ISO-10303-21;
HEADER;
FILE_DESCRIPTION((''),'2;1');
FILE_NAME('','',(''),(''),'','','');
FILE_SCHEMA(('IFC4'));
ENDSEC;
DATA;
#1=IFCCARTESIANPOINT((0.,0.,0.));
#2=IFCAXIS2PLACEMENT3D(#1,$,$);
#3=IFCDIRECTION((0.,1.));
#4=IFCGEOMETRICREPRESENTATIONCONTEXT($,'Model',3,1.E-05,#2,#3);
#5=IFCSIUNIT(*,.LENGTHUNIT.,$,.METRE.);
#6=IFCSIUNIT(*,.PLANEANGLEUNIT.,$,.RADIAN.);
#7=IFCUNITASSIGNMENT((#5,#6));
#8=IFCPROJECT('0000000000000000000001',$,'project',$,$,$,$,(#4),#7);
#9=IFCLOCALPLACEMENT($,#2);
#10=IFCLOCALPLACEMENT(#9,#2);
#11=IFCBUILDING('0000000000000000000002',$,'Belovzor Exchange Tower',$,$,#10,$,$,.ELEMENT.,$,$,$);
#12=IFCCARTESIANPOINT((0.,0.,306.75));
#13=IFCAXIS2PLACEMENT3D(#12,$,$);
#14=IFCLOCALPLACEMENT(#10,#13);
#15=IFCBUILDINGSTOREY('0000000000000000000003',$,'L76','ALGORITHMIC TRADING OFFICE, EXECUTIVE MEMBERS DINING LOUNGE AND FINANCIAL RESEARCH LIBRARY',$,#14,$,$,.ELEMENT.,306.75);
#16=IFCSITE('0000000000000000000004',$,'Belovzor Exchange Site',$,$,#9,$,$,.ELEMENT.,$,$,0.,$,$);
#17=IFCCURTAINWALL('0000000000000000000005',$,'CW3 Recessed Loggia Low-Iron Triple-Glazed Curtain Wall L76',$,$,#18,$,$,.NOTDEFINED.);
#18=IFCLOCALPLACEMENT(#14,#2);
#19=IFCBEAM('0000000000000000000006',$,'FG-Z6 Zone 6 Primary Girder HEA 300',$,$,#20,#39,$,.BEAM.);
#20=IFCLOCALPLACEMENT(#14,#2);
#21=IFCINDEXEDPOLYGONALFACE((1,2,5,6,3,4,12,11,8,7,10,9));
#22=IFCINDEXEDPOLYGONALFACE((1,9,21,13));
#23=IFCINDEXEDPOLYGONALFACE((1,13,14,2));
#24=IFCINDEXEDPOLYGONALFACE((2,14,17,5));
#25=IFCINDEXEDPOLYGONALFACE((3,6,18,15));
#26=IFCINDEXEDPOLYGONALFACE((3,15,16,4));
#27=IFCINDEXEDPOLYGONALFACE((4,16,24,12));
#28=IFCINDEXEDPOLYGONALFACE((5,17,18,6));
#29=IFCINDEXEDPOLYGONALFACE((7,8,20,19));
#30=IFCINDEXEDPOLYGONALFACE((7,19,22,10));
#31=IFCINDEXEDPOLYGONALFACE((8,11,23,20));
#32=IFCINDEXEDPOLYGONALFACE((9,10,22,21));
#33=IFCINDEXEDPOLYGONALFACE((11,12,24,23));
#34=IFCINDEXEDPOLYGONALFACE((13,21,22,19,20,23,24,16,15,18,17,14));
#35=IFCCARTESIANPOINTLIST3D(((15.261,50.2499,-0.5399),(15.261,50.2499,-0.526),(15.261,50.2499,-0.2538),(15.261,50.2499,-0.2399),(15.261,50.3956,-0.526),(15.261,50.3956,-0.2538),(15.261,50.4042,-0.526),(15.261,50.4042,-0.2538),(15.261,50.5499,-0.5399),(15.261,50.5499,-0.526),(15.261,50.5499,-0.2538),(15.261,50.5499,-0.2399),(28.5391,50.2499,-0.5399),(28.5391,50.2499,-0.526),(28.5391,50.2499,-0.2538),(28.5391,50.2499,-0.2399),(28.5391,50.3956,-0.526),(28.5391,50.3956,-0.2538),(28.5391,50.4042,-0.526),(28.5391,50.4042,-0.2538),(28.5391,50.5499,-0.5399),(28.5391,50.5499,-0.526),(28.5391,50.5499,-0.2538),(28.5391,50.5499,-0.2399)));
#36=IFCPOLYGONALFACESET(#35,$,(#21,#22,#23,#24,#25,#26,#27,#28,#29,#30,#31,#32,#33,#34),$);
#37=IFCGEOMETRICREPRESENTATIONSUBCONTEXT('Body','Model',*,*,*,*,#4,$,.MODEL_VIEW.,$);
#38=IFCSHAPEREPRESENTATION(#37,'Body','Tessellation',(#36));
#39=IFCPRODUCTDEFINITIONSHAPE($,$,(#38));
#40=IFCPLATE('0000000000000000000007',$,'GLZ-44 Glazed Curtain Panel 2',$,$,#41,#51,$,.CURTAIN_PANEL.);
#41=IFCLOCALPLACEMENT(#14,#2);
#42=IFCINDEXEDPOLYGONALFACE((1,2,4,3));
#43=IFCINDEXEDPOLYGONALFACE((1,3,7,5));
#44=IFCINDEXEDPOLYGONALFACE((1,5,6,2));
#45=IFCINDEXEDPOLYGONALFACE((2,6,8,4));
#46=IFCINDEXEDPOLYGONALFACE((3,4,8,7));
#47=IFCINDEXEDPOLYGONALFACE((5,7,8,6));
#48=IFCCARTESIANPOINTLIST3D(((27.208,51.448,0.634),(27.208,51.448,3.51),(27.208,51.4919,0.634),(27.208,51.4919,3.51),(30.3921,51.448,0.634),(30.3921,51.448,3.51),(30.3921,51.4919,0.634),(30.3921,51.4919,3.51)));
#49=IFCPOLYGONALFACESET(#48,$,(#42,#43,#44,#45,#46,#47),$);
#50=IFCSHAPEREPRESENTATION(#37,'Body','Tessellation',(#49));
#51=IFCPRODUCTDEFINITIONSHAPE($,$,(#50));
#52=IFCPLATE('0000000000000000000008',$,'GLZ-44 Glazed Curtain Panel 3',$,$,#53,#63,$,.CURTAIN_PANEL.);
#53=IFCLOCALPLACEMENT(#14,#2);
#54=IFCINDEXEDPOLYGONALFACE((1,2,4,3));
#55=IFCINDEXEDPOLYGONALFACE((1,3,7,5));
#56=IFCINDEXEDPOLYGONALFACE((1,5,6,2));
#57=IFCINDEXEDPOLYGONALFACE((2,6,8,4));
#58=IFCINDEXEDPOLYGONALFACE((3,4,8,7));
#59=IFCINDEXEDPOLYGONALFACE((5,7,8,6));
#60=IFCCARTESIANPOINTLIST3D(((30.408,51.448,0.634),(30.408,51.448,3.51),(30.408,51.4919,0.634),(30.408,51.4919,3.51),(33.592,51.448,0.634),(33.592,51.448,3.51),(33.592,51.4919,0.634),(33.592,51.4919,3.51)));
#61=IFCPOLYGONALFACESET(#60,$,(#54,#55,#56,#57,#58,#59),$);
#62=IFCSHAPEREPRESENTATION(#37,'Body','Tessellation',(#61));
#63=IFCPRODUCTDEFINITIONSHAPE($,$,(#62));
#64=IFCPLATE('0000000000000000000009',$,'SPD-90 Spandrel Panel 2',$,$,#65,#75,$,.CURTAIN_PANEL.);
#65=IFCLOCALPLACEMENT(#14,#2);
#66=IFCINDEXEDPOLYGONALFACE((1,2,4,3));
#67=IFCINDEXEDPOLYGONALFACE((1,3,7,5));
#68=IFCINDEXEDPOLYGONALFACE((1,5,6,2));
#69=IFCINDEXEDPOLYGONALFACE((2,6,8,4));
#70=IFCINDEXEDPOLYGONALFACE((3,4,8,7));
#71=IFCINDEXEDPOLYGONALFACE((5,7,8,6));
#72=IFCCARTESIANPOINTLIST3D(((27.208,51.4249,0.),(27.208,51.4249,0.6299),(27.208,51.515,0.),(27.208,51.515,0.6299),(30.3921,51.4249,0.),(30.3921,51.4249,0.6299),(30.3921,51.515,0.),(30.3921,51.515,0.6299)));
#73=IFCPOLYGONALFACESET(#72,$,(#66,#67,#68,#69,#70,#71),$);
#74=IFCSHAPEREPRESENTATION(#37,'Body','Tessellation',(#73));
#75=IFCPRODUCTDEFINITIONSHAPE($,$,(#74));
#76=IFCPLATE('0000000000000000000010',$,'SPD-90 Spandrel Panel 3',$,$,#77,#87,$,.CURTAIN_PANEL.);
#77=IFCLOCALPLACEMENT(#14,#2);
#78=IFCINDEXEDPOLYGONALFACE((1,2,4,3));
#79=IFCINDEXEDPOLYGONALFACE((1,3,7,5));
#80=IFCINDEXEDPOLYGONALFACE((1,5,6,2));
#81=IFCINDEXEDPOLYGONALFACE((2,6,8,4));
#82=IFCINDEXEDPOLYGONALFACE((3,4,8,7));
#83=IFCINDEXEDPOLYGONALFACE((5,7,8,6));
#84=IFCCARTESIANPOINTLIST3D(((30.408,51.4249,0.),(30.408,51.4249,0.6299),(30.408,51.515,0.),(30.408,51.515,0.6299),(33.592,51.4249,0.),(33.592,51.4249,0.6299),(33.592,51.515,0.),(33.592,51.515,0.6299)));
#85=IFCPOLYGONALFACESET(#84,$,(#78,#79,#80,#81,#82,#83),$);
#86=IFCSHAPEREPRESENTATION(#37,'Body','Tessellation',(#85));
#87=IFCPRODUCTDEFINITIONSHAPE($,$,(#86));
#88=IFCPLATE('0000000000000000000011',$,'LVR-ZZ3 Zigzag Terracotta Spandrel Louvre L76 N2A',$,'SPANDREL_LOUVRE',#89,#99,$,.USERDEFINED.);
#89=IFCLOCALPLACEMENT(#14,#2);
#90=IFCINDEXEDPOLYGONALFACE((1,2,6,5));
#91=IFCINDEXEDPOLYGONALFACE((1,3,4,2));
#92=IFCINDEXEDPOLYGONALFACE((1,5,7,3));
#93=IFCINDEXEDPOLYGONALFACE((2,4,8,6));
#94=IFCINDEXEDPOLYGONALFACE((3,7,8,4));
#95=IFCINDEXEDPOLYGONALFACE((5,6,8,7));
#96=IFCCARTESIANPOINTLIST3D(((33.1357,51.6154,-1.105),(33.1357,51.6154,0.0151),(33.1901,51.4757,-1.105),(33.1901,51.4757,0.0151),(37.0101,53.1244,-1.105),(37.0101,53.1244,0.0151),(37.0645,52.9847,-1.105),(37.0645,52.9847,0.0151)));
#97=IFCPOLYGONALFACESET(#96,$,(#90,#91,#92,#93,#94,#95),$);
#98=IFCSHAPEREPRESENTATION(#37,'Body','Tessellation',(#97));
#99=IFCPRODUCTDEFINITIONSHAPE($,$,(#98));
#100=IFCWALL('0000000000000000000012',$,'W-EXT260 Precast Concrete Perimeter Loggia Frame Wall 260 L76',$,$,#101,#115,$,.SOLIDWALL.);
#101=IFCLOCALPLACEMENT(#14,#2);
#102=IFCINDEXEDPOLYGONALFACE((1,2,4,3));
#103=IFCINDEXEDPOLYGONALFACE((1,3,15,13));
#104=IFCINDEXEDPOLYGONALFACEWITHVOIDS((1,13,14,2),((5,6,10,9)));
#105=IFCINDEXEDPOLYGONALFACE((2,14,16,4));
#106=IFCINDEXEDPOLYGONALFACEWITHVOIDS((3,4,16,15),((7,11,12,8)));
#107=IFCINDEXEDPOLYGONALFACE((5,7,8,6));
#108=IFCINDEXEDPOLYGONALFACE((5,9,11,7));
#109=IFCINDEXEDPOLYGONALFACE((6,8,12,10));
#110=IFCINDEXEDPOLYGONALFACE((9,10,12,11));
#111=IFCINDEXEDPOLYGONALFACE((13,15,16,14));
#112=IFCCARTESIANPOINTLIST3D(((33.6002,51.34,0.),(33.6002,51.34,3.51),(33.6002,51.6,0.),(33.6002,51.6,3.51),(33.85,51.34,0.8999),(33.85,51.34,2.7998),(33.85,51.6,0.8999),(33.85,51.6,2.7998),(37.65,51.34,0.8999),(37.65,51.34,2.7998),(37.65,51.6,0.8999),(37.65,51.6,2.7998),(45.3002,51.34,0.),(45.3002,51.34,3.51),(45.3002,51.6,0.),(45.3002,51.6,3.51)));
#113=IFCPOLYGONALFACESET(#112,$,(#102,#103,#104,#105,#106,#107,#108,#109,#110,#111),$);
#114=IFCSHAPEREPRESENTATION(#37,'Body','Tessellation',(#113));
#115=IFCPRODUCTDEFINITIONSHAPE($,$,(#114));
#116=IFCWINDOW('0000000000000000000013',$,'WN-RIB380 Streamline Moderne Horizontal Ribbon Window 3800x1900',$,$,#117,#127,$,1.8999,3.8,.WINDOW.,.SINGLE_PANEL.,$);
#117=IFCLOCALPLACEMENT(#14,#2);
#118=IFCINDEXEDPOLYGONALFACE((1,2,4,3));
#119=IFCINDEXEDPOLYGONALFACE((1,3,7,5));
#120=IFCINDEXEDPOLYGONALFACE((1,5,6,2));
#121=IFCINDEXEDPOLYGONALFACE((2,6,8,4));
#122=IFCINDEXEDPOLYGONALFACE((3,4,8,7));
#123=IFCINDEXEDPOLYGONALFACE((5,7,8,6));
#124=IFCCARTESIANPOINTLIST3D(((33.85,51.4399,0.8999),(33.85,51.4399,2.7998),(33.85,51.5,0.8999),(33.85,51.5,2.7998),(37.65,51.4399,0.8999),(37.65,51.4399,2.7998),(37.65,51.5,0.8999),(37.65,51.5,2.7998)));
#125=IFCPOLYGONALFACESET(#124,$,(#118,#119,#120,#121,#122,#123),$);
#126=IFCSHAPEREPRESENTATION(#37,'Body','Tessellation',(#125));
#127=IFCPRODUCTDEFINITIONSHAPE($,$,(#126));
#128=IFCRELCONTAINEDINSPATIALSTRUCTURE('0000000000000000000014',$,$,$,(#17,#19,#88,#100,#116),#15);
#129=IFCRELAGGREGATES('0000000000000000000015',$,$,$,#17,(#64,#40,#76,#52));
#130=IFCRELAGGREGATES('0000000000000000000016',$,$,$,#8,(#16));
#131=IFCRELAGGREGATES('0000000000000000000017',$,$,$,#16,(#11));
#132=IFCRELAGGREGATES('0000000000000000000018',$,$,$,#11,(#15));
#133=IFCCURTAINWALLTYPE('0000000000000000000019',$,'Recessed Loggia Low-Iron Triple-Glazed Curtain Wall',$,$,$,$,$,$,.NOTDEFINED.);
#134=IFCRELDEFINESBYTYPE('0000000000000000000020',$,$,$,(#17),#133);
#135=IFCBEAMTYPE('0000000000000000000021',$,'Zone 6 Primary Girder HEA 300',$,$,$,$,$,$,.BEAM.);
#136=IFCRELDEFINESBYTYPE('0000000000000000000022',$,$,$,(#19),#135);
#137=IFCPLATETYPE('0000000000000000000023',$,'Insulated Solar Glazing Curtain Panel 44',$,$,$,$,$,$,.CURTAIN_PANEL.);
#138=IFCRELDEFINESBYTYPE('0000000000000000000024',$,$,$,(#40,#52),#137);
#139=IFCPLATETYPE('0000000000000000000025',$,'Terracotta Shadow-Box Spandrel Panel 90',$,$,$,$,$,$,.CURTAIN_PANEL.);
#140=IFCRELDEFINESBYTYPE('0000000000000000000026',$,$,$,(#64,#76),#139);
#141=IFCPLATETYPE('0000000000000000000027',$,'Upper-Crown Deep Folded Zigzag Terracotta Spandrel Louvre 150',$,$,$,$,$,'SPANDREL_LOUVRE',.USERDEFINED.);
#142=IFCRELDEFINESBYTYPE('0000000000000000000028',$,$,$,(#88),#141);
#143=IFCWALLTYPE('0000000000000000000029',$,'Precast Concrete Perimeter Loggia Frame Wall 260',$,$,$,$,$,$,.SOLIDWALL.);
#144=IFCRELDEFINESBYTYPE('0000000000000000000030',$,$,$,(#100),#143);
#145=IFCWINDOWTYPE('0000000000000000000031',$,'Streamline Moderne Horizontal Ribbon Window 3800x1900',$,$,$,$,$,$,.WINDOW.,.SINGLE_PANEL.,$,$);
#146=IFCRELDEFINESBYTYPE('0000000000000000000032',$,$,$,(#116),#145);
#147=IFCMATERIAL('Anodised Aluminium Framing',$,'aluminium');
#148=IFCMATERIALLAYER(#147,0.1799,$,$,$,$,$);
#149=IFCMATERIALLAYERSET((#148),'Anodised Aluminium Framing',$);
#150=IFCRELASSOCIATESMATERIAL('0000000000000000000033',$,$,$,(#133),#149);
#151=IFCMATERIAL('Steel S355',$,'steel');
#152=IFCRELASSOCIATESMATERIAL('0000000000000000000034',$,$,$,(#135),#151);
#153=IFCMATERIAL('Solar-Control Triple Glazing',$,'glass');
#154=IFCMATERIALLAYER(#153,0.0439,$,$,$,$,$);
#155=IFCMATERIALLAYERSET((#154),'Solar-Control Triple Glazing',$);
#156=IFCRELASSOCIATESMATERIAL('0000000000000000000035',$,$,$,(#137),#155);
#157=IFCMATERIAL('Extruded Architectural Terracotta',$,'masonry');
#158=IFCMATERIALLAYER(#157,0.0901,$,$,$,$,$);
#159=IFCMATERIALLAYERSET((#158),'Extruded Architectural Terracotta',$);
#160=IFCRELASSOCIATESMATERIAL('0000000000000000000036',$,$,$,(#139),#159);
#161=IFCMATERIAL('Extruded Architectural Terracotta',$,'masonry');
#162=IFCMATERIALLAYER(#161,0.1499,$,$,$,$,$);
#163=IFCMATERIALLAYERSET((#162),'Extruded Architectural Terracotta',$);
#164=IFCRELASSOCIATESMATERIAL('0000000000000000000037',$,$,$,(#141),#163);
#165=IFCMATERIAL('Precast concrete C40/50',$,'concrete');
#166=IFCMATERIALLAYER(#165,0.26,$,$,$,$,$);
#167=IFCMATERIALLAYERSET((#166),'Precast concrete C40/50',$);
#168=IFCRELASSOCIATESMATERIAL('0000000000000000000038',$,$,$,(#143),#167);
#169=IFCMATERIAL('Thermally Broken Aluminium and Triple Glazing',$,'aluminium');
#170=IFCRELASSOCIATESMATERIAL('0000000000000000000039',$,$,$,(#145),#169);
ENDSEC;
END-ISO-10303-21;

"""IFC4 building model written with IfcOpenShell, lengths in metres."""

from ifc_helpers import new_model, si_unit, direction, frame, frame_2d, origin, origin_2d, place, context, subcontext, project, spatial, rectangle, i_section, extrude, material, layer, layer_set, material_profile, profile_set, type_object, element, fill, aggregate, save


model = new_model("IFC4")

# Units and contexts
model_context = context("Model", 3, precision=1e-05, world=origin(), true_north=direction((0.0, 1.0)))
body_context = subcontext(model_context, "Body", "Model", "MODEL_VIEW")
ifc_project = project(units=[si_unit("LENGTHUNIT", "METRE"), si_unit("PLANEANGLEUNIT", "RADIAN")], contexts=[model_context])

# Site, building, storey
site_placement = place(None, origin())
site = spatial("IfcSite", under=ifc_project, at=site_placement, Name="Belovzor Exchange Site", CompositionType="ELEMENT", RefElevation=0.0)
building_placement = place(site_placement, origin())
building = spatial("IfcBuilding", under=site, at=building_placement, Name="Belovzor Exchange Tower", CompositionType="ELEMENT")
storey_placement = place(building_placement, frame((0.0, 0.0, 306.75)))
storey = spatial("IfcBuildingStorey", under=building, at=storey_placement, Name="L76", Description="ALGORITHMIC TRADING OFFICE, EXECUTIVE MEMBERS DINING LOUNGE AND FINANCIAL RESEARCH LIBRARY", CompositionType="ELEMENT", Elevation=306.75)

# Curtain wall
ifc_material_1 = material(Name="Anodised Aluminium Framing", Category="aluminium")
ifc_layer_1 = layer(ifc_material_1, 0.1799)
ifc_layer_set_1 = layer_set([ifc_layer_1], Name="Anodised Aluminium Framing")
curtain_wall_type = type_object("IfcCurtainWallType", Name="Recessed Loggia Low-Iron Triple-Glazed Curtain Wall", PredefinedType="NOTDEFINED", material=ifc_layer_set_1)
curtain_wall_placement = place(storey_placement, origin())
curtain_wall = element("IfcCurtainWall", 1, at=curtain_wall_placement, inside=storey, type_object=curtain_wall_type, Name="CW3 Recessed Loggia Low-Iron Triple-Glazed Curtain Wall L76", PredefinedType="NOTDEFINED")

# Beam
ifc_material_2 = material(Name="Steel S355", Category="steel")
ifc_material_profile_1 = material_profile(ifc_material_2, i_section(OverallWidth=0.3, OverallDepth=0.3, WebThickness=0.0085, FlangeThickness=0.0139, at=origin_2d()))
ifc_profile_set_1 = profile_set([ifc_material_profile_1], Name="Steel S355")
beam_type_1 = type_object("IfcBeamType", Name="Zone 6 Primary Girder HEA 300", PredefinedType="BEAM", material=ifc_profile_set_1)
beam_1_placement = place(storey_placement, frame((28.5391, 50.3999, -0.3899), z_axis=(-1.0, 0.0, 0.0), x_axis=(0.0, -1.0, 0.0)))
element("IfcBeam", 2, at=beam_1_placement, inside=storey, type_object=beam_type_1, Name="FG-Z6 Zone 6 Primary Girder HEA 300", PredefinedType="BEAM", context=body_context, shape_type="SweptSolid", body=[
    extrude(i_section(OverallWidth=0.3, OverallDepth=0.3, WebThickness=0.0085, FlangeThickness=0.0139, at=origin_2d()), origin(), (0.0, 0.0, 1.0), 13.2781),
])

# Plates
ifc_material_3 = material(Name="Solar-Control Triple Glazing", Category="glass")
ifc_layer_2 = layer(ifc_material_3, 0.0439)
ifc_layer_set_2 = layer_set([ifc_layer_2], Name="Solar-Control Triple Glazing")
plate_type_1 = type_object("IfcPlateType", Name="Insulated Solar Glazing Curtain Panel 44", PredefinedType="CURTAIN_PANEL", material=ifc_layer_set_2)
plate_1_placement = place(storey_placement, frame((28.8, 51.47, 0.634), z_axis=(0.0, 0.0, 1.0), x_axis=(1.0, 0.0, 0.0)))
plate_1 = element("IfcPlate", 3, at=plate_1_placement, type_object=plate_type_1, Name="GLZ-44 Glazed Curtain Panel 2", PredefinedType="CURTAIN_PANEL", context=body_context, shape_type="SweptSolid", body=[
    extrude(rectangle(XDim=3.1841, YDim=0.0439, at=origin_2d()), origin(), (0.0, 0.0, 1.0), 2.876),
])
plate_2_placement = place(storey_placement, frame((32.0, 51.47, 0.634), z_axis=(0.0, 0.0, 1.0), x_axis=(1.0, 0.0, 0.0)))
plate_2 = element("IfcPlate", 4, at=plate_2_placement, type_object=plate_type_1, Name="GLZ-44 Glazed Curtain Panel 3", PredefinedType="CURTAIN_PANEL", context=body_context, shape_type="SweptSolid", body=[
    extrude(rectangle(XDim=3.1841, YDim=0.0439, at=origin_2d()), origin(), (0.0, 0.0, 1.0), 2.876),
])
ifc_material_4 = material(Name="Extruded Architectural Terracotta", Category="masonry")
ifc_layer_3 = layer(ifc_material_4, 0.0901)
ifc_layer_set_3 = layer_set([ifc_layer_3], Name="Extruded Architectural Terracotta")
plate_type_2 = type_object("IfcPlateType", Name="Terracotta Shadow-Box Spandrel Panel 90", PredefinedType="CURTAIN_PANEL", material=ifc_layer_set_3)
plate_3_placement = place(storey_placement, frame((28.8, 51.47, 0.0), z_axis=(0.0, 0.0, 1.0), x_axis=(1.0, 0.0, 0.0)))
plate_3 = element("IfcPlate", 5, at=plate_3_placement, type_object=plate_type_2, Name="SPD-90 Spandrel Panel 2", PredefinedType="CURTAIN_PANEL", context=body_context, shape_type="SweptSolid", body=[
    extrude(rectangle(XDim=3.1841, YDim=0.0901, at=origin_2d()), origin(), (0.0, 0.0, 1.0), 0.6299),
])
plate_4_placement = place(storey_placement, frame((32.0, 51.47, 0.0), z_axis=(0.0, 0.0, 1.0), x_axis=(1.0, 0.0, 0.0)))
plate_4 = element("IfcPlate", 6, at=plate_4_placement, type_object=plate_type_2, Name="SPD-90 Spandrel Panel 3", PredefinedType="CURTAIN_PANEL", context=body_context, shape_type="SweptSolid", body=[
    extrude(rectangle(XDim=3.1841, YDim=0.0901, at=origin_2d()), origin(), (0.0, 0.0, 1.0), 0.6299),
])
aggregate(curtain_wall, [plate_3, plate_1, plate_4, plate_2])
ifc_material_5 = material(Name="Extruded Architectural Terracotta", Category="masonry")
ifc_layer_4 = layer(ifc_material_5, 0.1499)
ifc_layer_set_4 = layer_set([ifc_layer_4], Name="Extruded Architectural Terracotta")
plate_type_3 = type_object("IfcPlateType", Name="Upper-Crown Deep Folded Zigzag Terracotta Spandrel Louvre 150", ElementType="SPANDREL_LOUVRE", PredefinedType="USERDEFINED", material=ifc_layer_set_4)
plate_5_placement = place(storey_placement, frame((35.1001, 52.3, -1.105), z_axis=(0.0, 0.0, 1.0), x_axis=(0.931818, 0.362926, 0.0)))
element("IfcPlate", 7, at=plate_5_placement, inside=storey, type_object=plate_type_3, Name="LVR-ZZ3 Zigzag Terracotta Spandrel Louvre L76 N2A", ObjectType="SPANDREL_LOUVRE", PredefinedType="USERDEFINED", context=body_context, shape_type="SweptSolid", body=[
    extrude(rectangle(XDim=4.158, YDim=0.1499, at=origin_2d()), origin(), (0.0, 0.0, 1.0), 1.1201),
])

# Wall, opening, window
ifc_material_6 = material(Name="Precast concrete C40/50", Category="concrete")
ifc_layer_5 = layer(ifc_material_6, 0.26)
ifc_layer_set_5 = layer_set([ifc_layer_5], Name="Precast concrete C40/50")
wall_type = type_object("IfcWallType", Name="Precast Concrete Perimeter Loggia Frame Wall 260", PredefinedType="SOLIDWALL", material=ifc_layer_set_5)
wall_placement = place(storey_placement, frame((33.6001, 51.47, 0.0), z_axis=(0.0, 0.0, 1.0), x_axis=(1.0, 0.0, 0.0)))
wall = element("IfcWall", 8, at=wall_placement, inside=storey, type_object=wall_type, Name="W-EXT260 Precast Concrete Perimeter Loggia Frame Wall 260 L76", PredefinedType="SOLIDWALL", context=body_context, shape_type="SweptSolid", body=[
    extrude(rectangle(XDim=11.7, YDim=0.26, at=frame_2d((5.8501, 0.0))), origin(), (0.0, 0.0, 1.0), 3.51),
])
opening_placement = place(wall_placement, frame((0.25, 0.0, 0.8999)))
opening = element("IfcOpeningElement", 9, at=opening_placement, cuts=wall, PredefinedType="OPENING", context=body_context, shape_type="SweptSolid", body=[
    extrude(rectangle(XDim=3.8, YDim=1.8999, at=frame_2d((1.8999, 0.95))), frame((0.0, 0.1399, 0.0), z_axis=(0.0, -1.0, 0.0), x_axis=(1.0, 0.0, 0.0)), (0.0, 0.0, 1.0), 0.28),
])
ifc_material_7 = material(Name="Thermally Broken Aluminium and Triple Glazing", Category="aluminium")
window_type = type_object("IfcWindowType", Name="Streamline Moderne Horizontal Ribbon Window 3800x1900", PartitioningType="SINGLE_PANEL", PredefinedType="WINDOW", material=ifc_material_7)
window_placement = place(opening_placement, origin())
window = element("IfcWindow", 10, at=window_placement, inside=storey, type_object=window_type, Name="WN-RIB380 Streamline Moderne Horizontal Ribbon Window 3800x1900", OverallHeight=1.8999, OverallWidth=3.8, PartitioningType="SINGLE_PANEL", PredefinedType="WINDOW", context=body_context, shape_type="SweptSolid", body=[
    extrude(rectangle(XDim=3.8, YDim=1.8999, at=frame_2d((1.8999, 0.95))), frame((0.0, 0.03, 0.0), z_axis=(0.0, -1.0, 0.0), x_axis=(1.0, 0.0, 0.0)), (0.0, 0.0, 1.0), 0.0601),
])
fill(opening, window)

save(model, "model.ifc")
